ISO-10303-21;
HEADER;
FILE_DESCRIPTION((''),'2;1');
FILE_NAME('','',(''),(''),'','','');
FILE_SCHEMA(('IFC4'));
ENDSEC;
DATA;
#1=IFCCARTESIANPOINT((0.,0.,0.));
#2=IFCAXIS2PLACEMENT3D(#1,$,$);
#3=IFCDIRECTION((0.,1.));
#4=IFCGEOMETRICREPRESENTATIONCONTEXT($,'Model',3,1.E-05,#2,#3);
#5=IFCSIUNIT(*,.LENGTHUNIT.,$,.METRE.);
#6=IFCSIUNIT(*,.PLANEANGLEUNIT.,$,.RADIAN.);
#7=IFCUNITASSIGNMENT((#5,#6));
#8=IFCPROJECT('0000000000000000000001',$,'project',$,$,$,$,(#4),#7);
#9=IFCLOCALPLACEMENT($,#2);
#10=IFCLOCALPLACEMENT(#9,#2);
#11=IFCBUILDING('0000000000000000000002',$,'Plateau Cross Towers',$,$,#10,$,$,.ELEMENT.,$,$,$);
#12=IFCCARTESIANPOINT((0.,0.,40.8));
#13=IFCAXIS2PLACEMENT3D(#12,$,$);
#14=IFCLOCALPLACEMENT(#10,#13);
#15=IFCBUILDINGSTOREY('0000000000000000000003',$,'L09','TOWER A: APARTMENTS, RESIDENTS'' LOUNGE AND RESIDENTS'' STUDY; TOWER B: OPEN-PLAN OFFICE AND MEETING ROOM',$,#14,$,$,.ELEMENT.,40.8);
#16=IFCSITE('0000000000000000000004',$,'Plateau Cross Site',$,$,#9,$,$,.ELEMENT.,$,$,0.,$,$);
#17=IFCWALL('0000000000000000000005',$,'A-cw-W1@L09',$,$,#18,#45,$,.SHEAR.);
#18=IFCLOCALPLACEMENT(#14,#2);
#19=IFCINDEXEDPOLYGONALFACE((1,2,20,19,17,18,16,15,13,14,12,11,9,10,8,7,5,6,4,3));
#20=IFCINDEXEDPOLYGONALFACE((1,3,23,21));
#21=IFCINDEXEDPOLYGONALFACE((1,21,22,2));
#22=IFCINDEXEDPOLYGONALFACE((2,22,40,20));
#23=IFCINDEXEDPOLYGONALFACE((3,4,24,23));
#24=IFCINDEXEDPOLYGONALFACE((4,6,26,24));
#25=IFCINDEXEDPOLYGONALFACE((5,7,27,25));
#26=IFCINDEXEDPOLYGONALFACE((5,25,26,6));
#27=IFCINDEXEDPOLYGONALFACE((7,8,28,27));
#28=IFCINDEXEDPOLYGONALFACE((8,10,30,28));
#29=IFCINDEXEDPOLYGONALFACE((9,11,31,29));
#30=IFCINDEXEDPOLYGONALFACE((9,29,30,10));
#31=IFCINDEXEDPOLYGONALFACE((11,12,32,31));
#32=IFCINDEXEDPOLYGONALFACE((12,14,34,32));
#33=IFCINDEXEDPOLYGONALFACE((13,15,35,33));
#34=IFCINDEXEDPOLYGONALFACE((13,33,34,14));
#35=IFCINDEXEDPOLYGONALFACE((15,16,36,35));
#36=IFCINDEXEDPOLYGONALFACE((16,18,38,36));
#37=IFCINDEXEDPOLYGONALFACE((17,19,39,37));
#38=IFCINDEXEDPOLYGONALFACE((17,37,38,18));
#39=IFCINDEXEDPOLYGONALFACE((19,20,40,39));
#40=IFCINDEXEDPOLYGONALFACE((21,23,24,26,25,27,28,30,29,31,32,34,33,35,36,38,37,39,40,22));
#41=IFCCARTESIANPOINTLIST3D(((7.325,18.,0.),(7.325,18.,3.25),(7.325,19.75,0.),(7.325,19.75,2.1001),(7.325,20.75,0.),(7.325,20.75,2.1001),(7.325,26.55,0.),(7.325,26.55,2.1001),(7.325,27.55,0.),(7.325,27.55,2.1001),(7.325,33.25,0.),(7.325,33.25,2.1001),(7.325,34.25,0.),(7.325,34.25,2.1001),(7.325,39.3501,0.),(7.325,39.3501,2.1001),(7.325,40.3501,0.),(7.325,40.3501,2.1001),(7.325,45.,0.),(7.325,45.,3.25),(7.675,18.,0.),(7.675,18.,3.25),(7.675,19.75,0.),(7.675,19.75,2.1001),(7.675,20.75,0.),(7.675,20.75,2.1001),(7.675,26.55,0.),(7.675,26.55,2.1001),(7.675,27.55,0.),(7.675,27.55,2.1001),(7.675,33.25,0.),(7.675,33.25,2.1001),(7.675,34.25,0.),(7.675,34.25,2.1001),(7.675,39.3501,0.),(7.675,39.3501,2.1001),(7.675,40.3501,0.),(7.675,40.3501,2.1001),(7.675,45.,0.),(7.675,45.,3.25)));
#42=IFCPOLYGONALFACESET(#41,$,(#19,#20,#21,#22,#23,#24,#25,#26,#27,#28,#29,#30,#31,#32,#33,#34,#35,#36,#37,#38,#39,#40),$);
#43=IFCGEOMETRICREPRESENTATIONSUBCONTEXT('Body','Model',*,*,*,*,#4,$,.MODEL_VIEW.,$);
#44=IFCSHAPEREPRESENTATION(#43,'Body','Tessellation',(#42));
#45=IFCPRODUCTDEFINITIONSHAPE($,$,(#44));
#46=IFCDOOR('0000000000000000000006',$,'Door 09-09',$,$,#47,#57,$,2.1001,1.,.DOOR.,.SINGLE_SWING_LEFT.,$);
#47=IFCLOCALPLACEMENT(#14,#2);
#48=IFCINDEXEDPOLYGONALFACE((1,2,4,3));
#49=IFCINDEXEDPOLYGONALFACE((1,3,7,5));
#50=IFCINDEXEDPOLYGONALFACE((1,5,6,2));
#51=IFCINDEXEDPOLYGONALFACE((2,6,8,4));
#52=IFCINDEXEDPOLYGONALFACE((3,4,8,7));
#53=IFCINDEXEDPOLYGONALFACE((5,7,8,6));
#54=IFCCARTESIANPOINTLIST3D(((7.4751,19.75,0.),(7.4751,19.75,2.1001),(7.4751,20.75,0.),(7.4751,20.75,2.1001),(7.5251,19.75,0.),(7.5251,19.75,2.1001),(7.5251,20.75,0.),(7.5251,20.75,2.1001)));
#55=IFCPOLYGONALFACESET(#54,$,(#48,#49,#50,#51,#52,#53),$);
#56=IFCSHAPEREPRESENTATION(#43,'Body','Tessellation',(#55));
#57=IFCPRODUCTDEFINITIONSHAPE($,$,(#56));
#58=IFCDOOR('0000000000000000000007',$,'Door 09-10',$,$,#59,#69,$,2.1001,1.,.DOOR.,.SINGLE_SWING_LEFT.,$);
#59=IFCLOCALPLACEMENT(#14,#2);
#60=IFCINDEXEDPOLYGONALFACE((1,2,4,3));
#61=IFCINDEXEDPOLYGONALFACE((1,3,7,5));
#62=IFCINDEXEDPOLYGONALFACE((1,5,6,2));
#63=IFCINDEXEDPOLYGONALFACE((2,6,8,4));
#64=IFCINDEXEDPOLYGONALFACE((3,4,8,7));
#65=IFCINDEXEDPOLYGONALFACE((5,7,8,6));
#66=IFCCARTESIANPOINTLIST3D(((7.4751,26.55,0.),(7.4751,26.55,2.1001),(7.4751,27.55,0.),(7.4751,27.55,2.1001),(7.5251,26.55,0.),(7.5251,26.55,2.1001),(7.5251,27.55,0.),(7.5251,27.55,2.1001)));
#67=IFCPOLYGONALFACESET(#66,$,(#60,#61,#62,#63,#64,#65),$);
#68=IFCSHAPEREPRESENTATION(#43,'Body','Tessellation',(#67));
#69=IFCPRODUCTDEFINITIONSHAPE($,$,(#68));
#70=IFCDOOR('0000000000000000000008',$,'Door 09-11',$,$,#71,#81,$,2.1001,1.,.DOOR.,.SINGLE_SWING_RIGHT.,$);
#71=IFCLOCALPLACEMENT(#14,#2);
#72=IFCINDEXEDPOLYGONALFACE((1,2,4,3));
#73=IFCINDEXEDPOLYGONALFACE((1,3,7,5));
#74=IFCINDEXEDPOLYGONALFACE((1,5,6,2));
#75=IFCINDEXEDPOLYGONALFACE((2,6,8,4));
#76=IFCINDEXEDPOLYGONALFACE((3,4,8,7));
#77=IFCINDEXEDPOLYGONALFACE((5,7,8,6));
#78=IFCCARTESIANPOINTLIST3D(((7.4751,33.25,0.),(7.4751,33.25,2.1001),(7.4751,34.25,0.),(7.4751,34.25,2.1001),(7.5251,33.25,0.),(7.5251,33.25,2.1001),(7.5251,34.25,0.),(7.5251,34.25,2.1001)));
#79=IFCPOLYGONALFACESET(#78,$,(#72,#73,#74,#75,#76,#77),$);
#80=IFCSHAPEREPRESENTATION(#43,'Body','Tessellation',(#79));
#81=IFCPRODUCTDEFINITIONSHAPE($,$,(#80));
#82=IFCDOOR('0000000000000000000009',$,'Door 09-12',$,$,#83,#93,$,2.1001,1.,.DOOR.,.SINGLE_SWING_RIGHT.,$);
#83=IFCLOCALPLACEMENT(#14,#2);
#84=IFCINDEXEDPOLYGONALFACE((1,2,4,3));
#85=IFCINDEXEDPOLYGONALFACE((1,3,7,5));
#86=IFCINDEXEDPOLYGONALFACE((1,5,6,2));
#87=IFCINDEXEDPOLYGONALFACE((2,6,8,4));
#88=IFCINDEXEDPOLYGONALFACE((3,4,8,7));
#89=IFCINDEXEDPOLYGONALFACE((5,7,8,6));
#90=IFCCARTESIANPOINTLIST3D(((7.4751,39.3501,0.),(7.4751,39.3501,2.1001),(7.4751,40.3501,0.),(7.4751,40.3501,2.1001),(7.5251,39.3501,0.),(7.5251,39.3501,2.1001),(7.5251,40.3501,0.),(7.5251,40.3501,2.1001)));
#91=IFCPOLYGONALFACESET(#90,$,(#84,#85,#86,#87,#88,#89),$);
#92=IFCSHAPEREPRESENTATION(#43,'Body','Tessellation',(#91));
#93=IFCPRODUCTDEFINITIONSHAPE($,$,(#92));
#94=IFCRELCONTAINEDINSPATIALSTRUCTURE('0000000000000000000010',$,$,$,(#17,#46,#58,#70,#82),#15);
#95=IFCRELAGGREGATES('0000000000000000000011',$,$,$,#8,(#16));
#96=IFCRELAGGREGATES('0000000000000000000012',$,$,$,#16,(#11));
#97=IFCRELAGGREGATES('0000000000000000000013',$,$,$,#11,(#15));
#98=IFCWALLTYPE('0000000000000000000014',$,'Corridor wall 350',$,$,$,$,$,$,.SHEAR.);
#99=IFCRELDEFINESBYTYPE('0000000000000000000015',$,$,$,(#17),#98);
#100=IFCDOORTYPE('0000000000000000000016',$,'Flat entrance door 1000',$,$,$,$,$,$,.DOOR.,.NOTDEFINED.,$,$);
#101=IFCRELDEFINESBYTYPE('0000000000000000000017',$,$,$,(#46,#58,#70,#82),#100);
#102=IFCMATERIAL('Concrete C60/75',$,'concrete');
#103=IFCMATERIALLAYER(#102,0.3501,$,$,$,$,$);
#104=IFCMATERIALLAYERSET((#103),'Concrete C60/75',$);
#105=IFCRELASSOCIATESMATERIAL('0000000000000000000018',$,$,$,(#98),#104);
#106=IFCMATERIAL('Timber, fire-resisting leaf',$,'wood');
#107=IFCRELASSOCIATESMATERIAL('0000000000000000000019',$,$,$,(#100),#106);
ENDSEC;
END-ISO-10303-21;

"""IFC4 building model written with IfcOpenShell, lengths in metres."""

from ifc_helpers import new_model, si_unit, direction, frame, frame_2d, origin, place, context, subcontext, project, spatial, rectangle, extrude, material, layer, layer_set, type_object, element, fill, save


model = new_model("IFC4")

# Units and contexts
model_context = context("Model", 3, precision=1e-05, world=origin(), true_north=direction((0.0, 1.0)))
body_context = subcontext(model_context, "Body", "Model", "MODEL_VIEW")
ifc_project = project(units=[si_unit("LENGTHUNIT", "METRE"), si_unit("PLANEANGLEUNIT", "RADIAN")], contexts=[model_context])

# Site, building, storey
site_placement = place(None, origin())
site = spatial("IfcSite", under=ifc_project, at=site_placement, Name="Plateau Cross Site", CompositionType="ELEMENT", RefElevation=0.0)
building_placement = place(site_placement, origin())
building = spatial("IfcBuilding", under=site, at=building_placement, Name="Plateau Cross Towers", CompositionType="ELEMENT")
storey_placement = place(building_placement, frame((0.0, 0.0, 40.8)))
storey = spatial("IfcBuildingStorey", under=building, at=storey_placement, Name="L09", Description="TOWER A: APARTMENTS, RESIDENTS' LOUNGE AND RESIDENTS' STUDY; TOWER B: OPEN-PLAN OFFICE AND MEETING ROOM", CompositionType="ELEMENT", Elevation=40.8)

# Shared definitions
ifc_material_1 = material(Name="Concrete C60/75", Category="concrete")

# Shared definitions
ifc_material_2 = material(Name="Timber, fire-resisting leaf", Category="wood")

# Wall, openings, doors
ifc_layer_1 = layer(ifc_material_1, 0.3501)
ifc_layer_set_1 = layer_set([ifc_layer_1], Name="Concrete C60/75")
wall_type_1 = type_object("IfcWallType", Name="Corridor wall 350", PredefinedType="SHEAR", material=ifc_layer_set_1)
wall_1_placement = place(storey_placement, frame((7.5, 18.0, 0.0), z_axis=(0.0, 0.0, 1.0), x_axis=(0.0, 1.0, 0.0)))
wall_1 = element("IfcWall", 1, at=wall_1_placement, inside=storey, type_object=wall_type_1, Name="A-cw-W1@L09", PredefinedType="SHEAR", context=body_context, shape_type="SweptSolid", body=[
    extrude(rectangle(XDim=27.0, YDim=0.3501, at=frame_2d((13.5, 0.0))), origin(), (0.0, 0.0, 1.0), 3.25),
])
opening_1_placement = place(wall_1_placement, frame((1.75, 0.0, 0.0)))
opening_1 = element("IfcOpeningElement", 2, at=opening_1_placement, cuts=wall_1, PredefinedType="OPENING", context=body_context, shape_type="SweptSolid", body=[
    extrude(rectangle(XDim=1.0, YDim=2.1001, at=frame_2d((0.5, 1.05))), frame((0.0, 0.1851, 0.0), z_axis=(0.0, -1.0, 0.0), x_axis=(1.0, 0.0, 0.0)), (0.0, 0.0, 1.0), 0.3701),
])
opening_2_placement = place(wall_1_placement, frame((8.55, 0.0, 0.0)))
opening_2 = element("IfcOpeningElement", 3, at=opening_2_placement, cuts=wall_1, PredefinedType="OPENING", context=body_context, shape_type="SweptSolid", body=[
    extrude(rectangle(XDim=1.0, YDim=2.1001, at=frame_2d((0.5, 1.05))), frame((0.0, 0.1851, 0.0), z_axis=(0.0, -1.0, 0.0), x_axis=(1.0, 0.0, 0.0)), (0.0, 0.0, 1.0), 0.3701),
])
opening_3_placement = place(wall_1_placement, frame((15.25, 0.0, 0.0)))
opening_3 = element("IfcOpeningElement", 4, at=opening_3_placement, cuts=wall_1, PredefinedType="OPENING", context=body_context, shape_type="SweptSolid", body=[
    extrude(rectangle(XDim=1.0, YDim=2.1001, at=frame_2d((0.5, 1.05))), frame((0.0, 0.1851, 0.0), z_axis=(0.0, -1.0, 0.0), x_axis=(1.0, 0.0, 0.0)), (0.0, 0.0, 1.0), 0.3701),
])
opening_4_placement = place(wall_1_placement, frame((21.3501, 0.0, 0.0)))
opening_4 = element("IfcOpeningElement", 5, at=opening_4_placement, cuts=wall_1, PredefinedType="OPENING", context=body_context, shape_type="SweptSolid", body=[
    extrude(rectangle(XDim=1.0, YDim=2.1001, at=frame_2d((0.5, 1.05))), frame((0.0, 0.1851, 0.0), z_axis=(0.0, -1.0, 0.0), x_axis=(1.0, 0.0, 0.0)), (0.0, 0.0, 1.0), 0.3701),
])
door_type_1 = type_object("IfcDoorType", Name="Flat entrance door 1000", OperationType="NOTDEFINED", PredefinedType="DOOR", material=ifc_material_2)
door_1_placement = place(opening_1_placement, origin())
door_1 = element("IfcDoor", 6, at=door_1_placement, inside=storey, type_object=door_type_1, Name="Door 09-09", OperationType="SINGLE_SWING_LEFT", OverallHeight=2.1001, OverallWidth=1.0, PredefinedType="DOOR", context=body_context, shape_type="SweptSolid", body=[
    extrude(rectangle(XDim=1.0, YDim=2.1001, at=frame_2d((0.5, 1.05))), frame((0.0, 0.0249, 0.0), z_axis=(0.0, -1.0, 0.0), x_axis=(1.0, 0.0, 0.0)), (0.0, 0.0, 1.0), 0.05),
])
fill(opening_1, door_1)
door_2_placement = place(opening_2_placement, origin())
door_2 = element("IfcDoor", 7, at=door_2_placement, inside=storey, type_object=door_type_1, Name="Door 09-10", OperationType="SINGLE_SWING_LEFT", OverallHeight=2.1001, OverallWidth=1.0, PredefinedType="DOOR", context=body_context, shape_type="SweptSolid", body=[
    extrude(rectangle(XDim=1.0, YDim=2.1001, at=frame_2d((0.5, 1.05))), frame((0.0, 0.0249, 0.0), z_axis=(0.0, -1.0, 0.0), x_axis=(1.0, 0.0, 0.0)), (0.0, 0.0, 1.0), 0.05),
])
fill(opening_2, door_2)
door_3_placement = place(opening_3_placement, origin())
door_3 = element("IfcDoor", 8, at=door_3_placement, inside=storey, type_object=door_type_1, Name="Door 09-11", OperationType="SINGLE_SWING_RIGHT", OverallHeight=2.1001, OverallWidth=1.0, PredefinedType="DOOR", context=body_context, shape_type="SweptSolid", body=[
    extrude(rectangle(XDim=1.0, YDim=2.1001, at=frame_2d((0.5, 1.05))), frame((0.0, 0.0249, 0.0), z_axis=(0.0, -1.0, 0.0), x_axis=(1.0, 0.0, 0.0)), (0.0, 0.0, 1.0), 0.05),
])
fill(opening_3, door_3)
door_4_placement = place(opening_4_placement, origin())
door_4 = element("IfcDoor", 9, at=door_4_placement, inside=storey, type_object=door_type_1, Name="Door 09-12", OperationType="SINGLE_SWING_RIGHT", OverallHeight=2.1001, OverallWidth=1.0, PredefinedType="DOOR", context=body_context, shape_type="SweptSolid", body=[
    extrude(rectangle(XDim=1.0, YDim=2.1001, at=frame_2d((0.5, 1.05))), frame((0.0, 0.0249, 0.0), z_axis=(0.0, -1.0, 0.0), x_axis=(1.0, 0.0, 0.0)), (0.0, 0.0, 1.0), 0.05),
])
fill(opening_4, door_4)

save(model, "model.ifc")
